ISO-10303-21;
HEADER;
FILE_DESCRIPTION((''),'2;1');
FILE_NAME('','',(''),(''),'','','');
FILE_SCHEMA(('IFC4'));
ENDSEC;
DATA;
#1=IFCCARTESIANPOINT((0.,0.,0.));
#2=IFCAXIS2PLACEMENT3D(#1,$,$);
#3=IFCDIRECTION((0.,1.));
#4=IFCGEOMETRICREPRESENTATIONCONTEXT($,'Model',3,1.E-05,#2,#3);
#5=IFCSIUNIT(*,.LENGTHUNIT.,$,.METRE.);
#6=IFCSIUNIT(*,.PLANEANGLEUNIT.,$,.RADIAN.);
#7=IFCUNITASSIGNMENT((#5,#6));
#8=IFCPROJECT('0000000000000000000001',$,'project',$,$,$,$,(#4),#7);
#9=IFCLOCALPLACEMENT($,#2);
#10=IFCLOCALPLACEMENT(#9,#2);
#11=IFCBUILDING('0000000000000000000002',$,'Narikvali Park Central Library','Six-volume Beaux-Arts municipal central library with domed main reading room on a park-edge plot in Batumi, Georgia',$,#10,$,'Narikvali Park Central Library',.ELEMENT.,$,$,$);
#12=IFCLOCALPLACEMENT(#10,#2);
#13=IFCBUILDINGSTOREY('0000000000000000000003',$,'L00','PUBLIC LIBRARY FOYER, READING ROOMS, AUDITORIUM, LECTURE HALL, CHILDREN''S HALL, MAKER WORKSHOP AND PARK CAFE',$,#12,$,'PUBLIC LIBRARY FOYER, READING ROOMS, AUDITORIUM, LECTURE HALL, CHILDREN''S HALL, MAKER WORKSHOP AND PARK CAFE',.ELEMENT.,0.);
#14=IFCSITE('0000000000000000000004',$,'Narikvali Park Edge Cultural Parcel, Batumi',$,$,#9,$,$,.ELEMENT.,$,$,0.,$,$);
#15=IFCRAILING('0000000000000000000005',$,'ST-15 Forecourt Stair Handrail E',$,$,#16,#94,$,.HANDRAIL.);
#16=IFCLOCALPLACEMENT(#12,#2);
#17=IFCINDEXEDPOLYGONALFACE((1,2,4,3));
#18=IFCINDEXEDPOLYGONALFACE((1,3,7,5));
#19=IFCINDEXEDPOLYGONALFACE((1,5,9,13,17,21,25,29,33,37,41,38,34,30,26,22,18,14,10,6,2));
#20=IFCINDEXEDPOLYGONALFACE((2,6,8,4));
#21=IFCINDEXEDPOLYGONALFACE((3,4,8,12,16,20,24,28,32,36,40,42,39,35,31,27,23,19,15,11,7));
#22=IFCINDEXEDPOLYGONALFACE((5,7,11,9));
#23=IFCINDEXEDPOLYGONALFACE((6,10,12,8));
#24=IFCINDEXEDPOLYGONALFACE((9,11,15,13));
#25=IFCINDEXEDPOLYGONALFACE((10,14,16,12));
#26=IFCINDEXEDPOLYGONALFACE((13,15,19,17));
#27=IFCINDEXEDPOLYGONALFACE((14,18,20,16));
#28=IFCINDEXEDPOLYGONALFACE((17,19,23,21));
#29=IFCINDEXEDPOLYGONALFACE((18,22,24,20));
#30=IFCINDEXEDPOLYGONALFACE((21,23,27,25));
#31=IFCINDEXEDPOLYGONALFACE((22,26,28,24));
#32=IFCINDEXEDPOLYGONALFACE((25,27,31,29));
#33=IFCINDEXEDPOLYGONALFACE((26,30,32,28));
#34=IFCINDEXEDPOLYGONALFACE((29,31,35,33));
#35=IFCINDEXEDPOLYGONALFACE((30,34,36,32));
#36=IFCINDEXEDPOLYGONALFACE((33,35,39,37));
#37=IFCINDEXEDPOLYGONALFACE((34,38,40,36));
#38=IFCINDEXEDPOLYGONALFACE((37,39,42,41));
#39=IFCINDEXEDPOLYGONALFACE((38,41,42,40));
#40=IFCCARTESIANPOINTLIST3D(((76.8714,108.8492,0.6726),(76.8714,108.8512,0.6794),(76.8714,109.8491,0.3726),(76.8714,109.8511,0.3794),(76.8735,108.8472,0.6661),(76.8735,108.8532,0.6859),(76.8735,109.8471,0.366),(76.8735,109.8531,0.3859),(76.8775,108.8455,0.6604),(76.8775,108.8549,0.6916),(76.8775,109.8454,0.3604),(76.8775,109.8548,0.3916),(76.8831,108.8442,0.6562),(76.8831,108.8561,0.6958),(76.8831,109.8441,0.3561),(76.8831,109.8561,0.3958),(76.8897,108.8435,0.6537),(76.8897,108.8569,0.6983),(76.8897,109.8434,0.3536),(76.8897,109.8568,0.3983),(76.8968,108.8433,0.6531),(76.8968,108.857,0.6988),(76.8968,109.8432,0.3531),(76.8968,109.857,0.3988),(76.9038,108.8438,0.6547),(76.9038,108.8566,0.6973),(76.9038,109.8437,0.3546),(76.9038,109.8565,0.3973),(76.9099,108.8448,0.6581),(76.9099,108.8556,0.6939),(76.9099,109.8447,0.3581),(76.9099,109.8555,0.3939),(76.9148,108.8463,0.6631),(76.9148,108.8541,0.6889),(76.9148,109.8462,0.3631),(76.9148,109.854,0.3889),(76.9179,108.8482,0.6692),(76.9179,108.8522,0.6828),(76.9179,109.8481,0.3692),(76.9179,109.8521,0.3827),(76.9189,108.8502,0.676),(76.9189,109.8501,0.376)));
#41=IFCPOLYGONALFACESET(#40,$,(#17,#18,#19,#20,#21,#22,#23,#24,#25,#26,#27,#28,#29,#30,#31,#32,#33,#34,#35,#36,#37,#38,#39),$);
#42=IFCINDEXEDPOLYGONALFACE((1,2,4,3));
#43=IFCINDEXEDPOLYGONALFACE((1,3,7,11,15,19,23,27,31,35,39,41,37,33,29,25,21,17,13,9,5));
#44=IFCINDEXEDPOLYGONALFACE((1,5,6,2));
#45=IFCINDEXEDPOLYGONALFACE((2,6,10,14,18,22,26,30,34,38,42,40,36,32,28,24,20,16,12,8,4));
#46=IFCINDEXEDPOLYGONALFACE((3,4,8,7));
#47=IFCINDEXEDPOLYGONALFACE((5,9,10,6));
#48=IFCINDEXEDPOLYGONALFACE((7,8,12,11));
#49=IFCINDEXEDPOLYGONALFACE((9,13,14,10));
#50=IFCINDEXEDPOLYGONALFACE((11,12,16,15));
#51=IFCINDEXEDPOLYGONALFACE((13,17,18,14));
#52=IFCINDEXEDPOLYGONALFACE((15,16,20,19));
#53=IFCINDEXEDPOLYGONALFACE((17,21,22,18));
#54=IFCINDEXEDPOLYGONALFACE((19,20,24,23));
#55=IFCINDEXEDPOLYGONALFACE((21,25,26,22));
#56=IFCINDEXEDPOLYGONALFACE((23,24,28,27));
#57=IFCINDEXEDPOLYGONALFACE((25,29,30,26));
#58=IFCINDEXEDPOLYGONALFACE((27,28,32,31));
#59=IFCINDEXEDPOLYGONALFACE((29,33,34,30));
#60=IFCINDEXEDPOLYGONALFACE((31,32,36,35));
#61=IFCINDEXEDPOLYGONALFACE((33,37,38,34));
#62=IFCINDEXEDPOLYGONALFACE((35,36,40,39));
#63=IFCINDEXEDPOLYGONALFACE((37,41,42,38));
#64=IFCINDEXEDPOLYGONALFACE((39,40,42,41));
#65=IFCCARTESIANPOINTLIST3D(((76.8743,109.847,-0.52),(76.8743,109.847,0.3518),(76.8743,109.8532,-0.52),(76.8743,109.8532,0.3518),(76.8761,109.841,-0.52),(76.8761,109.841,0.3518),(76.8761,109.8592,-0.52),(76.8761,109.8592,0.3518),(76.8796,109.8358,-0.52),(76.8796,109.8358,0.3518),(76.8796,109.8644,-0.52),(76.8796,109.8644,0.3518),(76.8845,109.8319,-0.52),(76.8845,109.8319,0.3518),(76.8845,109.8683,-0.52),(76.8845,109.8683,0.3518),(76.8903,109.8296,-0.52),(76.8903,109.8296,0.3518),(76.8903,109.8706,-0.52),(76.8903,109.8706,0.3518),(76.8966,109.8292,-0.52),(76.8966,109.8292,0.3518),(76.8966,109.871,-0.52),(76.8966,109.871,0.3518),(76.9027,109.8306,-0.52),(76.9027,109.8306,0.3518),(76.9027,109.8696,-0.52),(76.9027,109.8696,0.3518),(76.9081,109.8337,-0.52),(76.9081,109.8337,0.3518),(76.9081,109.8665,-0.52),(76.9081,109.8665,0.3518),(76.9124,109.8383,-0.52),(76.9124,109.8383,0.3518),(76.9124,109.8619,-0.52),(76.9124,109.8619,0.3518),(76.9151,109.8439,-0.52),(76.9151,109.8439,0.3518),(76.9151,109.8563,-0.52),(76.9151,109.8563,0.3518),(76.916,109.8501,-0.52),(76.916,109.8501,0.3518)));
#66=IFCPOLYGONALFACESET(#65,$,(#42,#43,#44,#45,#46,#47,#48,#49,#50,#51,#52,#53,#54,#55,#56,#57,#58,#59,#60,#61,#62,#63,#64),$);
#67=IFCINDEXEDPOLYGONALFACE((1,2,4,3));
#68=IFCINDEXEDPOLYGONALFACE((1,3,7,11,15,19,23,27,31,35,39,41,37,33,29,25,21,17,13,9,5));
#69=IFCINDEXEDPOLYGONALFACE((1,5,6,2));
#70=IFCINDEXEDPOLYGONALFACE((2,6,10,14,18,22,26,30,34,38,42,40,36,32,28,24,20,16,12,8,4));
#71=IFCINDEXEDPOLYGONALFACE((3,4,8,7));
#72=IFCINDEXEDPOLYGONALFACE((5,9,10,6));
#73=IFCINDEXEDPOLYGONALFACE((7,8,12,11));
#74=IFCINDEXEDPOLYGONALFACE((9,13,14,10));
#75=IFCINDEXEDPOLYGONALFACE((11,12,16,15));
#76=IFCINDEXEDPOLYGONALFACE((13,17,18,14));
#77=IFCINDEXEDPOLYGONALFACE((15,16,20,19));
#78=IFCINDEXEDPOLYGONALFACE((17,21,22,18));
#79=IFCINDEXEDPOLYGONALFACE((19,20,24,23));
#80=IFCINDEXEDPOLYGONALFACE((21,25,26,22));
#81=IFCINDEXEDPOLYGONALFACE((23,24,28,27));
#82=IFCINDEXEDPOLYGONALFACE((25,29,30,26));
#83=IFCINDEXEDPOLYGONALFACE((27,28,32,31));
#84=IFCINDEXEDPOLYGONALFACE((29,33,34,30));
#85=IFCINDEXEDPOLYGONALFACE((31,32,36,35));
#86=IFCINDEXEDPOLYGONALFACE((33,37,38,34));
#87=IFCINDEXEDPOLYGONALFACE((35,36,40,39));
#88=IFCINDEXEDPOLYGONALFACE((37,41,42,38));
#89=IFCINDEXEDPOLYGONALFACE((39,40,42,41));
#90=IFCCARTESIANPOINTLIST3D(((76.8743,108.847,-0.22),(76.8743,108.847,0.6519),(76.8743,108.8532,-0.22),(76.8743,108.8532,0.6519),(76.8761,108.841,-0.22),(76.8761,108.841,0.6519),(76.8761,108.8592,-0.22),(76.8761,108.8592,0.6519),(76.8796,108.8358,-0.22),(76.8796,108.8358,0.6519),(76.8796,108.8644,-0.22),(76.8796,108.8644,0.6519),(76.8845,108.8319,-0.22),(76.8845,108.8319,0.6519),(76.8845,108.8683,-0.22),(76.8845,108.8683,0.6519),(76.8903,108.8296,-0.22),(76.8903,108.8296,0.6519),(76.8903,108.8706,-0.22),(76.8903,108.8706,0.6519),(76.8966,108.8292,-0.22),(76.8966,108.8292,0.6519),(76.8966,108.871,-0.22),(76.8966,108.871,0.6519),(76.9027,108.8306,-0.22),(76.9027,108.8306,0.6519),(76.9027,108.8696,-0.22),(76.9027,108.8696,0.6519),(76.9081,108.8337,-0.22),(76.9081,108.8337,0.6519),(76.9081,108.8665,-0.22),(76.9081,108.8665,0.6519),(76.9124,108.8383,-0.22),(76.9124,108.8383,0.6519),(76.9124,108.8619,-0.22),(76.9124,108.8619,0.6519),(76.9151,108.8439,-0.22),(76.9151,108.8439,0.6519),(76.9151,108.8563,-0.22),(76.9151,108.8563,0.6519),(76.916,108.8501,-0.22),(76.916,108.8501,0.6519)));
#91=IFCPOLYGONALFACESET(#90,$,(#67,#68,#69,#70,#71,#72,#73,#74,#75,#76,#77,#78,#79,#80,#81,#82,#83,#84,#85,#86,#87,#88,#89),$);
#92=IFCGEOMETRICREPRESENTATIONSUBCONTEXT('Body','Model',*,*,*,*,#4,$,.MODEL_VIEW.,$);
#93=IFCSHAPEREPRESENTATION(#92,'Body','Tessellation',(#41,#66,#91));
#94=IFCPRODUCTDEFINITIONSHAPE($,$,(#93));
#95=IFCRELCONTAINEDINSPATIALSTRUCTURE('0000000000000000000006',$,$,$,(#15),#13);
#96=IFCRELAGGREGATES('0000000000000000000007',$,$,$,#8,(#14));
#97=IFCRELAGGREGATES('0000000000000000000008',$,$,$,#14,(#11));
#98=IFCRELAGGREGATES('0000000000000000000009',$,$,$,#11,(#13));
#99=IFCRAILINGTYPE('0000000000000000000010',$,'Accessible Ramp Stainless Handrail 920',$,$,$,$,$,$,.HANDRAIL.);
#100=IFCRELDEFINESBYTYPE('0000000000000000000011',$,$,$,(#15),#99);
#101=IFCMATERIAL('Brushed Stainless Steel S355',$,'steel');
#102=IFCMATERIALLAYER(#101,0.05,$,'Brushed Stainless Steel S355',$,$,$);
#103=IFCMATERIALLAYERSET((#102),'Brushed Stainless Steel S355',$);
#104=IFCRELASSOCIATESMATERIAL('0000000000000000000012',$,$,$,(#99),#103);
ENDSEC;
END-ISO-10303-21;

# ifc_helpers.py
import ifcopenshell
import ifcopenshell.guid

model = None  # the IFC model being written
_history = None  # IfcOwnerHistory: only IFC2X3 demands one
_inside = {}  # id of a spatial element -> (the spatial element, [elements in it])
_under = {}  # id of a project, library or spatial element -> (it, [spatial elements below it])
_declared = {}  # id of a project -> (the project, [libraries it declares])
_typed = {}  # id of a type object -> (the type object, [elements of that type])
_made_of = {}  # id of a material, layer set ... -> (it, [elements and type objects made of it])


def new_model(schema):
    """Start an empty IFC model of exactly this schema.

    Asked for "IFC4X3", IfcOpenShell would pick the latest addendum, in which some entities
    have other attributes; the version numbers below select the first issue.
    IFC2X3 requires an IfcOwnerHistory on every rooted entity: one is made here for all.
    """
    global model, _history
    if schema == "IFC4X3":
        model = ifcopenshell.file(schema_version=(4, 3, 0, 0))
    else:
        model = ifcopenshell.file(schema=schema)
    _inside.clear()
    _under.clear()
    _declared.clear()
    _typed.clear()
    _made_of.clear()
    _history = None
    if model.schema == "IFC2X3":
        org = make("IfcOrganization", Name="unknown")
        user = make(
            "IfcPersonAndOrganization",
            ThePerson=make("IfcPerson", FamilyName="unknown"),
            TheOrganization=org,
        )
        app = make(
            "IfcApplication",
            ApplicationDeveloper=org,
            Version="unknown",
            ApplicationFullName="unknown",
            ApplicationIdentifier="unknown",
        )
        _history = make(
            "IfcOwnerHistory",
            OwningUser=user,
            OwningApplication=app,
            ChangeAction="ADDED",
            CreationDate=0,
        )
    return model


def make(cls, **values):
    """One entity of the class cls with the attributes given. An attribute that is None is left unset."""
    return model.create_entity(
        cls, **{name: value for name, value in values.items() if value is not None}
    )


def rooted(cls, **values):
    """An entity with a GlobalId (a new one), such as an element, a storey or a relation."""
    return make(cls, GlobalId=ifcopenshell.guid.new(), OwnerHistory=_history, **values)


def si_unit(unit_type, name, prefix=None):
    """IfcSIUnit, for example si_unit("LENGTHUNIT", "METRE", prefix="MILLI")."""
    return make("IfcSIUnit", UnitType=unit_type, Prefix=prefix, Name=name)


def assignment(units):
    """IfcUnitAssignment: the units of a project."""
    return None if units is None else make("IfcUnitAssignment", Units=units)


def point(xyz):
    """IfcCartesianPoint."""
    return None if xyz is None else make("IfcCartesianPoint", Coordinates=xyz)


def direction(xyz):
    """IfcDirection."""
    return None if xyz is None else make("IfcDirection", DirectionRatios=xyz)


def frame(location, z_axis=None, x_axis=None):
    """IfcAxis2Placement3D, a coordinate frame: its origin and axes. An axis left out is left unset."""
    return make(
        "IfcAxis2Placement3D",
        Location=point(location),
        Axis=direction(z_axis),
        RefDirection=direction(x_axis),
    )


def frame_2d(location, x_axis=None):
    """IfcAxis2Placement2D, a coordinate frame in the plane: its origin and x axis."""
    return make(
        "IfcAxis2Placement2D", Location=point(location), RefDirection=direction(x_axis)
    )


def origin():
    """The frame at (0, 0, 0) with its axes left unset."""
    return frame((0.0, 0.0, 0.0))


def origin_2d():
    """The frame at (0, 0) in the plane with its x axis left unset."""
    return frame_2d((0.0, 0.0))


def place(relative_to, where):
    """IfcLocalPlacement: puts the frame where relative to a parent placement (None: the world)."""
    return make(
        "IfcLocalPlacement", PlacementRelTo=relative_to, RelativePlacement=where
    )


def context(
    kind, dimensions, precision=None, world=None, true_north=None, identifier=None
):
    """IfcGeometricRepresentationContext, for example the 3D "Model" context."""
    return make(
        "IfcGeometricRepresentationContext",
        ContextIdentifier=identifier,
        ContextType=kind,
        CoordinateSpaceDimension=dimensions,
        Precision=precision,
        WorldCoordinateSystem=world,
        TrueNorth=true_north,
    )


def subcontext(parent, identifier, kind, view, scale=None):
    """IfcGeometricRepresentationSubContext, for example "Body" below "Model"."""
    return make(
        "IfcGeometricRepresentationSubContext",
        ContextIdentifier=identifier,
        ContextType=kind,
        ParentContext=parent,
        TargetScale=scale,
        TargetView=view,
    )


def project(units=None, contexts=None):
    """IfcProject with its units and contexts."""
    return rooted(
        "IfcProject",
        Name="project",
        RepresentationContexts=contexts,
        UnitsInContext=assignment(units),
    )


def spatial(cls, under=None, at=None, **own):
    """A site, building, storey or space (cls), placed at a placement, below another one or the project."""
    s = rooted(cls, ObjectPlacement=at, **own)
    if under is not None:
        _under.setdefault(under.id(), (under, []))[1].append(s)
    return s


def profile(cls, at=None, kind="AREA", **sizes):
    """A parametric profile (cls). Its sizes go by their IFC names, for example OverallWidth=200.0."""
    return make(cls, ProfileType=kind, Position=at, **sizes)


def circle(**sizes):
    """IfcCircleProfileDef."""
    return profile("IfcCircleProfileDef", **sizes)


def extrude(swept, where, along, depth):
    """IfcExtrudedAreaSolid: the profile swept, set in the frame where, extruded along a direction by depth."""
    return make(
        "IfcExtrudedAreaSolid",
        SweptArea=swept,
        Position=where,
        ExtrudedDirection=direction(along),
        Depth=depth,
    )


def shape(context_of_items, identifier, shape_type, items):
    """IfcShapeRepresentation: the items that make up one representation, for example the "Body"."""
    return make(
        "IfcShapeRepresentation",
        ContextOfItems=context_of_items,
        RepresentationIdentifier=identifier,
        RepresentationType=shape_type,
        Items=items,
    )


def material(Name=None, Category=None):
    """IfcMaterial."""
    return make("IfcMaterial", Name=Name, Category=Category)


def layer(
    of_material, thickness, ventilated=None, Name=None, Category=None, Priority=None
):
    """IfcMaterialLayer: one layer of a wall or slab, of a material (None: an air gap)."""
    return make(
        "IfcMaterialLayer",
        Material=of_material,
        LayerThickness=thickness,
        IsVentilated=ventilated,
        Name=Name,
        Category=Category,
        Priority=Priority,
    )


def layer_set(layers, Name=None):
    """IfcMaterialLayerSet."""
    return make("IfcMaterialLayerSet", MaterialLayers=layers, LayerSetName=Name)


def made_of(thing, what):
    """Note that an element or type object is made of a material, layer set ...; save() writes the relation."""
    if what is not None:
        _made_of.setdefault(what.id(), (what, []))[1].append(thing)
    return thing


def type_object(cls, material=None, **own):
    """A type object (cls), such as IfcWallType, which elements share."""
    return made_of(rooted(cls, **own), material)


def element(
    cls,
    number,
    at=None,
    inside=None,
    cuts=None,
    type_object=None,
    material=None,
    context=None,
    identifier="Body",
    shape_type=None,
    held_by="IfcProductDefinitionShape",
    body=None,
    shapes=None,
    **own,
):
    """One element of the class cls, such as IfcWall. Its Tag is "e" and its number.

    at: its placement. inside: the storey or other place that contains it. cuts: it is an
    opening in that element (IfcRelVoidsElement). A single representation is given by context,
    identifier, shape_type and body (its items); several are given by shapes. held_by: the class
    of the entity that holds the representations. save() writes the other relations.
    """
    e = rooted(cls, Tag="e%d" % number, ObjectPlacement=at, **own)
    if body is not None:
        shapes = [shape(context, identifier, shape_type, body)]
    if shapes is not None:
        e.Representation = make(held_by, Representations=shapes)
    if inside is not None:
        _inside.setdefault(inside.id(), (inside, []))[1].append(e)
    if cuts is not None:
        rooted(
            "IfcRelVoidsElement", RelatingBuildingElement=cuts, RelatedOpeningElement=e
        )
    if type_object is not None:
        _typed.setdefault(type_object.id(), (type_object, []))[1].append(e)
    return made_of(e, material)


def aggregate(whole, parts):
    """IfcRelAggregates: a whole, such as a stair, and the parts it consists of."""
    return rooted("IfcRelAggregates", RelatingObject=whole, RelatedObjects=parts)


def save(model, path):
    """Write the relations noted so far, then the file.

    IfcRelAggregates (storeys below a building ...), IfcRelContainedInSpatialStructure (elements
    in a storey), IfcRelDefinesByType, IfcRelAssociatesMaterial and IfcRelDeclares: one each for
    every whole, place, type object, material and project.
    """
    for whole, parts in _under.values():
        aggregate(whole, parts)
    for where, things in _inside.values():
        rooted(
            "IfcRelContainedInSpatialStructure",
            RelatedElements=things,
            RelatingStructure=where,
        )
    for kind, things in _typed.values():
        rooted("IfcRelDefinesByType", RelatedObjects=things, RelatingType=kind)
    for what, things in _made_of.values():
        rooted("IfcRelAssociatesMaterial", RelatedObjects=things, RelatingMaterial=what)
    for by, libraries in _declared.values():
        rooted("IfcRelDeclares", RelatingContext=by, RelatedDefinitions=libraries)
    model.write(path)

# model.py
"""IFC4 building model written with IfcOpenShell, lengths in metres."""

from ifc_helpers import new_model, si_unit, direction, frame, origin, origin_2d, place, context, subcontext, project, spatial, circle, extrude, material, layer, layer_set, type_object, element, save


model = new_model("IFC4")

# Units and contexts
model_context = context("Model", 3, precision=1e-05, world=origin(), true_north=direction((0.0, 1.0)))
body_context = subcontext(model_context, "Body", "Model", "MODEL_VIEW")
ifc_project = project(units=[si_unit("LENGTHUNIT", "METRE"), si_unit("PLANEANGLEUNIT", "RADIAN")], contexts=[model_context])

# Site, building, storey
site_placement = place(None, origin())
site = spatial("IfcSite", under=ifc_project, at=site_placement, Name="Narikvali Park Edge Cultural Parcel, Batumi", CompositionType="ELEMENT", RefElevation=0.0)
building_placement = place(site_placement, origin())
building = spatial("IfcBuilding", under=site, at=building_placement, Name="Narikvali Park Central Library", Description="Six-volume Beaux-Arts municipal central library with domed main reading room on a park-edge plot in Batumi, Georgia", LongName="Narikvali Park Central Library", CompositionType="ELEMENT")
storey_placement = place(building_placement, origin())
storey = spatial("IfcBuildingStorey", under=building, at=storey_placement, Name="L00", Description="PUBLIC LIBRARY FOYER, READING ROOMS, AUDITORIUM, LECTURE HALL, CHILDREN'S HALL, MAKER WORKSHOP AND PARK CAFE", LongName="PUBLIC LIBRARY FOYER, READING ROOMS, AUDITORIUM, LECTURE HALL, CHILDREN'S HALL, MAKER WORKSHOP AND PARK CAFE", CompositionType="ELEMENT", Elevation=0.0)

# Railing
ifc_material_1 = material(Name="Brushed Stainless Steel S355", Category="steel")
ifc_layer_1 = layer(ifc_material_1, 0.05, Name="Brushed Stainless Steel S355")
ifc_layer_set_1 = layer_set([ifc_layer_1], Name="Brushed Stainless Steel S355")
railing_type = type_object("IfcRailingType", Name="Accessible Ramp Stainless Handrail 920", PredefinedType="HANDRAIL", material=ifc_layer_set_1)
for number, where, name in (
    (1, (76.895, 109.8501, -0.52), "ST-15 Forecourt Stair Handrail E"),
):
    element("IfcRailing", number, at=place(storey_placement, frame(where)), inside=storey, type_object=railing_type, Name=name, PredefinedType="HANDRAIL", context=body_context, shape_type="SweptSolid", body=[
        extrude(circle(Radius=0.0239, at=origin_2d()), frame((0.0, 0.0, 0.896), z_axis=(0.0, -0.957813, 0.287391), x_axis=(1.0, 0.0, 0.0)), (0.0, 0.0, 1.0), 1.0439),
        extrude(circle(Radius=0.021, at=origin_2d()), origin(), (0.0, 0.0, 1.0), 0.8718),
        extrude(circle(Radius=0.021, at=origin_2d()), frame((0.0, -1.0, 0.3)), (0.0, 0.0, 1.0), 0.8718),
    ])

save(model, "model.ifc")
